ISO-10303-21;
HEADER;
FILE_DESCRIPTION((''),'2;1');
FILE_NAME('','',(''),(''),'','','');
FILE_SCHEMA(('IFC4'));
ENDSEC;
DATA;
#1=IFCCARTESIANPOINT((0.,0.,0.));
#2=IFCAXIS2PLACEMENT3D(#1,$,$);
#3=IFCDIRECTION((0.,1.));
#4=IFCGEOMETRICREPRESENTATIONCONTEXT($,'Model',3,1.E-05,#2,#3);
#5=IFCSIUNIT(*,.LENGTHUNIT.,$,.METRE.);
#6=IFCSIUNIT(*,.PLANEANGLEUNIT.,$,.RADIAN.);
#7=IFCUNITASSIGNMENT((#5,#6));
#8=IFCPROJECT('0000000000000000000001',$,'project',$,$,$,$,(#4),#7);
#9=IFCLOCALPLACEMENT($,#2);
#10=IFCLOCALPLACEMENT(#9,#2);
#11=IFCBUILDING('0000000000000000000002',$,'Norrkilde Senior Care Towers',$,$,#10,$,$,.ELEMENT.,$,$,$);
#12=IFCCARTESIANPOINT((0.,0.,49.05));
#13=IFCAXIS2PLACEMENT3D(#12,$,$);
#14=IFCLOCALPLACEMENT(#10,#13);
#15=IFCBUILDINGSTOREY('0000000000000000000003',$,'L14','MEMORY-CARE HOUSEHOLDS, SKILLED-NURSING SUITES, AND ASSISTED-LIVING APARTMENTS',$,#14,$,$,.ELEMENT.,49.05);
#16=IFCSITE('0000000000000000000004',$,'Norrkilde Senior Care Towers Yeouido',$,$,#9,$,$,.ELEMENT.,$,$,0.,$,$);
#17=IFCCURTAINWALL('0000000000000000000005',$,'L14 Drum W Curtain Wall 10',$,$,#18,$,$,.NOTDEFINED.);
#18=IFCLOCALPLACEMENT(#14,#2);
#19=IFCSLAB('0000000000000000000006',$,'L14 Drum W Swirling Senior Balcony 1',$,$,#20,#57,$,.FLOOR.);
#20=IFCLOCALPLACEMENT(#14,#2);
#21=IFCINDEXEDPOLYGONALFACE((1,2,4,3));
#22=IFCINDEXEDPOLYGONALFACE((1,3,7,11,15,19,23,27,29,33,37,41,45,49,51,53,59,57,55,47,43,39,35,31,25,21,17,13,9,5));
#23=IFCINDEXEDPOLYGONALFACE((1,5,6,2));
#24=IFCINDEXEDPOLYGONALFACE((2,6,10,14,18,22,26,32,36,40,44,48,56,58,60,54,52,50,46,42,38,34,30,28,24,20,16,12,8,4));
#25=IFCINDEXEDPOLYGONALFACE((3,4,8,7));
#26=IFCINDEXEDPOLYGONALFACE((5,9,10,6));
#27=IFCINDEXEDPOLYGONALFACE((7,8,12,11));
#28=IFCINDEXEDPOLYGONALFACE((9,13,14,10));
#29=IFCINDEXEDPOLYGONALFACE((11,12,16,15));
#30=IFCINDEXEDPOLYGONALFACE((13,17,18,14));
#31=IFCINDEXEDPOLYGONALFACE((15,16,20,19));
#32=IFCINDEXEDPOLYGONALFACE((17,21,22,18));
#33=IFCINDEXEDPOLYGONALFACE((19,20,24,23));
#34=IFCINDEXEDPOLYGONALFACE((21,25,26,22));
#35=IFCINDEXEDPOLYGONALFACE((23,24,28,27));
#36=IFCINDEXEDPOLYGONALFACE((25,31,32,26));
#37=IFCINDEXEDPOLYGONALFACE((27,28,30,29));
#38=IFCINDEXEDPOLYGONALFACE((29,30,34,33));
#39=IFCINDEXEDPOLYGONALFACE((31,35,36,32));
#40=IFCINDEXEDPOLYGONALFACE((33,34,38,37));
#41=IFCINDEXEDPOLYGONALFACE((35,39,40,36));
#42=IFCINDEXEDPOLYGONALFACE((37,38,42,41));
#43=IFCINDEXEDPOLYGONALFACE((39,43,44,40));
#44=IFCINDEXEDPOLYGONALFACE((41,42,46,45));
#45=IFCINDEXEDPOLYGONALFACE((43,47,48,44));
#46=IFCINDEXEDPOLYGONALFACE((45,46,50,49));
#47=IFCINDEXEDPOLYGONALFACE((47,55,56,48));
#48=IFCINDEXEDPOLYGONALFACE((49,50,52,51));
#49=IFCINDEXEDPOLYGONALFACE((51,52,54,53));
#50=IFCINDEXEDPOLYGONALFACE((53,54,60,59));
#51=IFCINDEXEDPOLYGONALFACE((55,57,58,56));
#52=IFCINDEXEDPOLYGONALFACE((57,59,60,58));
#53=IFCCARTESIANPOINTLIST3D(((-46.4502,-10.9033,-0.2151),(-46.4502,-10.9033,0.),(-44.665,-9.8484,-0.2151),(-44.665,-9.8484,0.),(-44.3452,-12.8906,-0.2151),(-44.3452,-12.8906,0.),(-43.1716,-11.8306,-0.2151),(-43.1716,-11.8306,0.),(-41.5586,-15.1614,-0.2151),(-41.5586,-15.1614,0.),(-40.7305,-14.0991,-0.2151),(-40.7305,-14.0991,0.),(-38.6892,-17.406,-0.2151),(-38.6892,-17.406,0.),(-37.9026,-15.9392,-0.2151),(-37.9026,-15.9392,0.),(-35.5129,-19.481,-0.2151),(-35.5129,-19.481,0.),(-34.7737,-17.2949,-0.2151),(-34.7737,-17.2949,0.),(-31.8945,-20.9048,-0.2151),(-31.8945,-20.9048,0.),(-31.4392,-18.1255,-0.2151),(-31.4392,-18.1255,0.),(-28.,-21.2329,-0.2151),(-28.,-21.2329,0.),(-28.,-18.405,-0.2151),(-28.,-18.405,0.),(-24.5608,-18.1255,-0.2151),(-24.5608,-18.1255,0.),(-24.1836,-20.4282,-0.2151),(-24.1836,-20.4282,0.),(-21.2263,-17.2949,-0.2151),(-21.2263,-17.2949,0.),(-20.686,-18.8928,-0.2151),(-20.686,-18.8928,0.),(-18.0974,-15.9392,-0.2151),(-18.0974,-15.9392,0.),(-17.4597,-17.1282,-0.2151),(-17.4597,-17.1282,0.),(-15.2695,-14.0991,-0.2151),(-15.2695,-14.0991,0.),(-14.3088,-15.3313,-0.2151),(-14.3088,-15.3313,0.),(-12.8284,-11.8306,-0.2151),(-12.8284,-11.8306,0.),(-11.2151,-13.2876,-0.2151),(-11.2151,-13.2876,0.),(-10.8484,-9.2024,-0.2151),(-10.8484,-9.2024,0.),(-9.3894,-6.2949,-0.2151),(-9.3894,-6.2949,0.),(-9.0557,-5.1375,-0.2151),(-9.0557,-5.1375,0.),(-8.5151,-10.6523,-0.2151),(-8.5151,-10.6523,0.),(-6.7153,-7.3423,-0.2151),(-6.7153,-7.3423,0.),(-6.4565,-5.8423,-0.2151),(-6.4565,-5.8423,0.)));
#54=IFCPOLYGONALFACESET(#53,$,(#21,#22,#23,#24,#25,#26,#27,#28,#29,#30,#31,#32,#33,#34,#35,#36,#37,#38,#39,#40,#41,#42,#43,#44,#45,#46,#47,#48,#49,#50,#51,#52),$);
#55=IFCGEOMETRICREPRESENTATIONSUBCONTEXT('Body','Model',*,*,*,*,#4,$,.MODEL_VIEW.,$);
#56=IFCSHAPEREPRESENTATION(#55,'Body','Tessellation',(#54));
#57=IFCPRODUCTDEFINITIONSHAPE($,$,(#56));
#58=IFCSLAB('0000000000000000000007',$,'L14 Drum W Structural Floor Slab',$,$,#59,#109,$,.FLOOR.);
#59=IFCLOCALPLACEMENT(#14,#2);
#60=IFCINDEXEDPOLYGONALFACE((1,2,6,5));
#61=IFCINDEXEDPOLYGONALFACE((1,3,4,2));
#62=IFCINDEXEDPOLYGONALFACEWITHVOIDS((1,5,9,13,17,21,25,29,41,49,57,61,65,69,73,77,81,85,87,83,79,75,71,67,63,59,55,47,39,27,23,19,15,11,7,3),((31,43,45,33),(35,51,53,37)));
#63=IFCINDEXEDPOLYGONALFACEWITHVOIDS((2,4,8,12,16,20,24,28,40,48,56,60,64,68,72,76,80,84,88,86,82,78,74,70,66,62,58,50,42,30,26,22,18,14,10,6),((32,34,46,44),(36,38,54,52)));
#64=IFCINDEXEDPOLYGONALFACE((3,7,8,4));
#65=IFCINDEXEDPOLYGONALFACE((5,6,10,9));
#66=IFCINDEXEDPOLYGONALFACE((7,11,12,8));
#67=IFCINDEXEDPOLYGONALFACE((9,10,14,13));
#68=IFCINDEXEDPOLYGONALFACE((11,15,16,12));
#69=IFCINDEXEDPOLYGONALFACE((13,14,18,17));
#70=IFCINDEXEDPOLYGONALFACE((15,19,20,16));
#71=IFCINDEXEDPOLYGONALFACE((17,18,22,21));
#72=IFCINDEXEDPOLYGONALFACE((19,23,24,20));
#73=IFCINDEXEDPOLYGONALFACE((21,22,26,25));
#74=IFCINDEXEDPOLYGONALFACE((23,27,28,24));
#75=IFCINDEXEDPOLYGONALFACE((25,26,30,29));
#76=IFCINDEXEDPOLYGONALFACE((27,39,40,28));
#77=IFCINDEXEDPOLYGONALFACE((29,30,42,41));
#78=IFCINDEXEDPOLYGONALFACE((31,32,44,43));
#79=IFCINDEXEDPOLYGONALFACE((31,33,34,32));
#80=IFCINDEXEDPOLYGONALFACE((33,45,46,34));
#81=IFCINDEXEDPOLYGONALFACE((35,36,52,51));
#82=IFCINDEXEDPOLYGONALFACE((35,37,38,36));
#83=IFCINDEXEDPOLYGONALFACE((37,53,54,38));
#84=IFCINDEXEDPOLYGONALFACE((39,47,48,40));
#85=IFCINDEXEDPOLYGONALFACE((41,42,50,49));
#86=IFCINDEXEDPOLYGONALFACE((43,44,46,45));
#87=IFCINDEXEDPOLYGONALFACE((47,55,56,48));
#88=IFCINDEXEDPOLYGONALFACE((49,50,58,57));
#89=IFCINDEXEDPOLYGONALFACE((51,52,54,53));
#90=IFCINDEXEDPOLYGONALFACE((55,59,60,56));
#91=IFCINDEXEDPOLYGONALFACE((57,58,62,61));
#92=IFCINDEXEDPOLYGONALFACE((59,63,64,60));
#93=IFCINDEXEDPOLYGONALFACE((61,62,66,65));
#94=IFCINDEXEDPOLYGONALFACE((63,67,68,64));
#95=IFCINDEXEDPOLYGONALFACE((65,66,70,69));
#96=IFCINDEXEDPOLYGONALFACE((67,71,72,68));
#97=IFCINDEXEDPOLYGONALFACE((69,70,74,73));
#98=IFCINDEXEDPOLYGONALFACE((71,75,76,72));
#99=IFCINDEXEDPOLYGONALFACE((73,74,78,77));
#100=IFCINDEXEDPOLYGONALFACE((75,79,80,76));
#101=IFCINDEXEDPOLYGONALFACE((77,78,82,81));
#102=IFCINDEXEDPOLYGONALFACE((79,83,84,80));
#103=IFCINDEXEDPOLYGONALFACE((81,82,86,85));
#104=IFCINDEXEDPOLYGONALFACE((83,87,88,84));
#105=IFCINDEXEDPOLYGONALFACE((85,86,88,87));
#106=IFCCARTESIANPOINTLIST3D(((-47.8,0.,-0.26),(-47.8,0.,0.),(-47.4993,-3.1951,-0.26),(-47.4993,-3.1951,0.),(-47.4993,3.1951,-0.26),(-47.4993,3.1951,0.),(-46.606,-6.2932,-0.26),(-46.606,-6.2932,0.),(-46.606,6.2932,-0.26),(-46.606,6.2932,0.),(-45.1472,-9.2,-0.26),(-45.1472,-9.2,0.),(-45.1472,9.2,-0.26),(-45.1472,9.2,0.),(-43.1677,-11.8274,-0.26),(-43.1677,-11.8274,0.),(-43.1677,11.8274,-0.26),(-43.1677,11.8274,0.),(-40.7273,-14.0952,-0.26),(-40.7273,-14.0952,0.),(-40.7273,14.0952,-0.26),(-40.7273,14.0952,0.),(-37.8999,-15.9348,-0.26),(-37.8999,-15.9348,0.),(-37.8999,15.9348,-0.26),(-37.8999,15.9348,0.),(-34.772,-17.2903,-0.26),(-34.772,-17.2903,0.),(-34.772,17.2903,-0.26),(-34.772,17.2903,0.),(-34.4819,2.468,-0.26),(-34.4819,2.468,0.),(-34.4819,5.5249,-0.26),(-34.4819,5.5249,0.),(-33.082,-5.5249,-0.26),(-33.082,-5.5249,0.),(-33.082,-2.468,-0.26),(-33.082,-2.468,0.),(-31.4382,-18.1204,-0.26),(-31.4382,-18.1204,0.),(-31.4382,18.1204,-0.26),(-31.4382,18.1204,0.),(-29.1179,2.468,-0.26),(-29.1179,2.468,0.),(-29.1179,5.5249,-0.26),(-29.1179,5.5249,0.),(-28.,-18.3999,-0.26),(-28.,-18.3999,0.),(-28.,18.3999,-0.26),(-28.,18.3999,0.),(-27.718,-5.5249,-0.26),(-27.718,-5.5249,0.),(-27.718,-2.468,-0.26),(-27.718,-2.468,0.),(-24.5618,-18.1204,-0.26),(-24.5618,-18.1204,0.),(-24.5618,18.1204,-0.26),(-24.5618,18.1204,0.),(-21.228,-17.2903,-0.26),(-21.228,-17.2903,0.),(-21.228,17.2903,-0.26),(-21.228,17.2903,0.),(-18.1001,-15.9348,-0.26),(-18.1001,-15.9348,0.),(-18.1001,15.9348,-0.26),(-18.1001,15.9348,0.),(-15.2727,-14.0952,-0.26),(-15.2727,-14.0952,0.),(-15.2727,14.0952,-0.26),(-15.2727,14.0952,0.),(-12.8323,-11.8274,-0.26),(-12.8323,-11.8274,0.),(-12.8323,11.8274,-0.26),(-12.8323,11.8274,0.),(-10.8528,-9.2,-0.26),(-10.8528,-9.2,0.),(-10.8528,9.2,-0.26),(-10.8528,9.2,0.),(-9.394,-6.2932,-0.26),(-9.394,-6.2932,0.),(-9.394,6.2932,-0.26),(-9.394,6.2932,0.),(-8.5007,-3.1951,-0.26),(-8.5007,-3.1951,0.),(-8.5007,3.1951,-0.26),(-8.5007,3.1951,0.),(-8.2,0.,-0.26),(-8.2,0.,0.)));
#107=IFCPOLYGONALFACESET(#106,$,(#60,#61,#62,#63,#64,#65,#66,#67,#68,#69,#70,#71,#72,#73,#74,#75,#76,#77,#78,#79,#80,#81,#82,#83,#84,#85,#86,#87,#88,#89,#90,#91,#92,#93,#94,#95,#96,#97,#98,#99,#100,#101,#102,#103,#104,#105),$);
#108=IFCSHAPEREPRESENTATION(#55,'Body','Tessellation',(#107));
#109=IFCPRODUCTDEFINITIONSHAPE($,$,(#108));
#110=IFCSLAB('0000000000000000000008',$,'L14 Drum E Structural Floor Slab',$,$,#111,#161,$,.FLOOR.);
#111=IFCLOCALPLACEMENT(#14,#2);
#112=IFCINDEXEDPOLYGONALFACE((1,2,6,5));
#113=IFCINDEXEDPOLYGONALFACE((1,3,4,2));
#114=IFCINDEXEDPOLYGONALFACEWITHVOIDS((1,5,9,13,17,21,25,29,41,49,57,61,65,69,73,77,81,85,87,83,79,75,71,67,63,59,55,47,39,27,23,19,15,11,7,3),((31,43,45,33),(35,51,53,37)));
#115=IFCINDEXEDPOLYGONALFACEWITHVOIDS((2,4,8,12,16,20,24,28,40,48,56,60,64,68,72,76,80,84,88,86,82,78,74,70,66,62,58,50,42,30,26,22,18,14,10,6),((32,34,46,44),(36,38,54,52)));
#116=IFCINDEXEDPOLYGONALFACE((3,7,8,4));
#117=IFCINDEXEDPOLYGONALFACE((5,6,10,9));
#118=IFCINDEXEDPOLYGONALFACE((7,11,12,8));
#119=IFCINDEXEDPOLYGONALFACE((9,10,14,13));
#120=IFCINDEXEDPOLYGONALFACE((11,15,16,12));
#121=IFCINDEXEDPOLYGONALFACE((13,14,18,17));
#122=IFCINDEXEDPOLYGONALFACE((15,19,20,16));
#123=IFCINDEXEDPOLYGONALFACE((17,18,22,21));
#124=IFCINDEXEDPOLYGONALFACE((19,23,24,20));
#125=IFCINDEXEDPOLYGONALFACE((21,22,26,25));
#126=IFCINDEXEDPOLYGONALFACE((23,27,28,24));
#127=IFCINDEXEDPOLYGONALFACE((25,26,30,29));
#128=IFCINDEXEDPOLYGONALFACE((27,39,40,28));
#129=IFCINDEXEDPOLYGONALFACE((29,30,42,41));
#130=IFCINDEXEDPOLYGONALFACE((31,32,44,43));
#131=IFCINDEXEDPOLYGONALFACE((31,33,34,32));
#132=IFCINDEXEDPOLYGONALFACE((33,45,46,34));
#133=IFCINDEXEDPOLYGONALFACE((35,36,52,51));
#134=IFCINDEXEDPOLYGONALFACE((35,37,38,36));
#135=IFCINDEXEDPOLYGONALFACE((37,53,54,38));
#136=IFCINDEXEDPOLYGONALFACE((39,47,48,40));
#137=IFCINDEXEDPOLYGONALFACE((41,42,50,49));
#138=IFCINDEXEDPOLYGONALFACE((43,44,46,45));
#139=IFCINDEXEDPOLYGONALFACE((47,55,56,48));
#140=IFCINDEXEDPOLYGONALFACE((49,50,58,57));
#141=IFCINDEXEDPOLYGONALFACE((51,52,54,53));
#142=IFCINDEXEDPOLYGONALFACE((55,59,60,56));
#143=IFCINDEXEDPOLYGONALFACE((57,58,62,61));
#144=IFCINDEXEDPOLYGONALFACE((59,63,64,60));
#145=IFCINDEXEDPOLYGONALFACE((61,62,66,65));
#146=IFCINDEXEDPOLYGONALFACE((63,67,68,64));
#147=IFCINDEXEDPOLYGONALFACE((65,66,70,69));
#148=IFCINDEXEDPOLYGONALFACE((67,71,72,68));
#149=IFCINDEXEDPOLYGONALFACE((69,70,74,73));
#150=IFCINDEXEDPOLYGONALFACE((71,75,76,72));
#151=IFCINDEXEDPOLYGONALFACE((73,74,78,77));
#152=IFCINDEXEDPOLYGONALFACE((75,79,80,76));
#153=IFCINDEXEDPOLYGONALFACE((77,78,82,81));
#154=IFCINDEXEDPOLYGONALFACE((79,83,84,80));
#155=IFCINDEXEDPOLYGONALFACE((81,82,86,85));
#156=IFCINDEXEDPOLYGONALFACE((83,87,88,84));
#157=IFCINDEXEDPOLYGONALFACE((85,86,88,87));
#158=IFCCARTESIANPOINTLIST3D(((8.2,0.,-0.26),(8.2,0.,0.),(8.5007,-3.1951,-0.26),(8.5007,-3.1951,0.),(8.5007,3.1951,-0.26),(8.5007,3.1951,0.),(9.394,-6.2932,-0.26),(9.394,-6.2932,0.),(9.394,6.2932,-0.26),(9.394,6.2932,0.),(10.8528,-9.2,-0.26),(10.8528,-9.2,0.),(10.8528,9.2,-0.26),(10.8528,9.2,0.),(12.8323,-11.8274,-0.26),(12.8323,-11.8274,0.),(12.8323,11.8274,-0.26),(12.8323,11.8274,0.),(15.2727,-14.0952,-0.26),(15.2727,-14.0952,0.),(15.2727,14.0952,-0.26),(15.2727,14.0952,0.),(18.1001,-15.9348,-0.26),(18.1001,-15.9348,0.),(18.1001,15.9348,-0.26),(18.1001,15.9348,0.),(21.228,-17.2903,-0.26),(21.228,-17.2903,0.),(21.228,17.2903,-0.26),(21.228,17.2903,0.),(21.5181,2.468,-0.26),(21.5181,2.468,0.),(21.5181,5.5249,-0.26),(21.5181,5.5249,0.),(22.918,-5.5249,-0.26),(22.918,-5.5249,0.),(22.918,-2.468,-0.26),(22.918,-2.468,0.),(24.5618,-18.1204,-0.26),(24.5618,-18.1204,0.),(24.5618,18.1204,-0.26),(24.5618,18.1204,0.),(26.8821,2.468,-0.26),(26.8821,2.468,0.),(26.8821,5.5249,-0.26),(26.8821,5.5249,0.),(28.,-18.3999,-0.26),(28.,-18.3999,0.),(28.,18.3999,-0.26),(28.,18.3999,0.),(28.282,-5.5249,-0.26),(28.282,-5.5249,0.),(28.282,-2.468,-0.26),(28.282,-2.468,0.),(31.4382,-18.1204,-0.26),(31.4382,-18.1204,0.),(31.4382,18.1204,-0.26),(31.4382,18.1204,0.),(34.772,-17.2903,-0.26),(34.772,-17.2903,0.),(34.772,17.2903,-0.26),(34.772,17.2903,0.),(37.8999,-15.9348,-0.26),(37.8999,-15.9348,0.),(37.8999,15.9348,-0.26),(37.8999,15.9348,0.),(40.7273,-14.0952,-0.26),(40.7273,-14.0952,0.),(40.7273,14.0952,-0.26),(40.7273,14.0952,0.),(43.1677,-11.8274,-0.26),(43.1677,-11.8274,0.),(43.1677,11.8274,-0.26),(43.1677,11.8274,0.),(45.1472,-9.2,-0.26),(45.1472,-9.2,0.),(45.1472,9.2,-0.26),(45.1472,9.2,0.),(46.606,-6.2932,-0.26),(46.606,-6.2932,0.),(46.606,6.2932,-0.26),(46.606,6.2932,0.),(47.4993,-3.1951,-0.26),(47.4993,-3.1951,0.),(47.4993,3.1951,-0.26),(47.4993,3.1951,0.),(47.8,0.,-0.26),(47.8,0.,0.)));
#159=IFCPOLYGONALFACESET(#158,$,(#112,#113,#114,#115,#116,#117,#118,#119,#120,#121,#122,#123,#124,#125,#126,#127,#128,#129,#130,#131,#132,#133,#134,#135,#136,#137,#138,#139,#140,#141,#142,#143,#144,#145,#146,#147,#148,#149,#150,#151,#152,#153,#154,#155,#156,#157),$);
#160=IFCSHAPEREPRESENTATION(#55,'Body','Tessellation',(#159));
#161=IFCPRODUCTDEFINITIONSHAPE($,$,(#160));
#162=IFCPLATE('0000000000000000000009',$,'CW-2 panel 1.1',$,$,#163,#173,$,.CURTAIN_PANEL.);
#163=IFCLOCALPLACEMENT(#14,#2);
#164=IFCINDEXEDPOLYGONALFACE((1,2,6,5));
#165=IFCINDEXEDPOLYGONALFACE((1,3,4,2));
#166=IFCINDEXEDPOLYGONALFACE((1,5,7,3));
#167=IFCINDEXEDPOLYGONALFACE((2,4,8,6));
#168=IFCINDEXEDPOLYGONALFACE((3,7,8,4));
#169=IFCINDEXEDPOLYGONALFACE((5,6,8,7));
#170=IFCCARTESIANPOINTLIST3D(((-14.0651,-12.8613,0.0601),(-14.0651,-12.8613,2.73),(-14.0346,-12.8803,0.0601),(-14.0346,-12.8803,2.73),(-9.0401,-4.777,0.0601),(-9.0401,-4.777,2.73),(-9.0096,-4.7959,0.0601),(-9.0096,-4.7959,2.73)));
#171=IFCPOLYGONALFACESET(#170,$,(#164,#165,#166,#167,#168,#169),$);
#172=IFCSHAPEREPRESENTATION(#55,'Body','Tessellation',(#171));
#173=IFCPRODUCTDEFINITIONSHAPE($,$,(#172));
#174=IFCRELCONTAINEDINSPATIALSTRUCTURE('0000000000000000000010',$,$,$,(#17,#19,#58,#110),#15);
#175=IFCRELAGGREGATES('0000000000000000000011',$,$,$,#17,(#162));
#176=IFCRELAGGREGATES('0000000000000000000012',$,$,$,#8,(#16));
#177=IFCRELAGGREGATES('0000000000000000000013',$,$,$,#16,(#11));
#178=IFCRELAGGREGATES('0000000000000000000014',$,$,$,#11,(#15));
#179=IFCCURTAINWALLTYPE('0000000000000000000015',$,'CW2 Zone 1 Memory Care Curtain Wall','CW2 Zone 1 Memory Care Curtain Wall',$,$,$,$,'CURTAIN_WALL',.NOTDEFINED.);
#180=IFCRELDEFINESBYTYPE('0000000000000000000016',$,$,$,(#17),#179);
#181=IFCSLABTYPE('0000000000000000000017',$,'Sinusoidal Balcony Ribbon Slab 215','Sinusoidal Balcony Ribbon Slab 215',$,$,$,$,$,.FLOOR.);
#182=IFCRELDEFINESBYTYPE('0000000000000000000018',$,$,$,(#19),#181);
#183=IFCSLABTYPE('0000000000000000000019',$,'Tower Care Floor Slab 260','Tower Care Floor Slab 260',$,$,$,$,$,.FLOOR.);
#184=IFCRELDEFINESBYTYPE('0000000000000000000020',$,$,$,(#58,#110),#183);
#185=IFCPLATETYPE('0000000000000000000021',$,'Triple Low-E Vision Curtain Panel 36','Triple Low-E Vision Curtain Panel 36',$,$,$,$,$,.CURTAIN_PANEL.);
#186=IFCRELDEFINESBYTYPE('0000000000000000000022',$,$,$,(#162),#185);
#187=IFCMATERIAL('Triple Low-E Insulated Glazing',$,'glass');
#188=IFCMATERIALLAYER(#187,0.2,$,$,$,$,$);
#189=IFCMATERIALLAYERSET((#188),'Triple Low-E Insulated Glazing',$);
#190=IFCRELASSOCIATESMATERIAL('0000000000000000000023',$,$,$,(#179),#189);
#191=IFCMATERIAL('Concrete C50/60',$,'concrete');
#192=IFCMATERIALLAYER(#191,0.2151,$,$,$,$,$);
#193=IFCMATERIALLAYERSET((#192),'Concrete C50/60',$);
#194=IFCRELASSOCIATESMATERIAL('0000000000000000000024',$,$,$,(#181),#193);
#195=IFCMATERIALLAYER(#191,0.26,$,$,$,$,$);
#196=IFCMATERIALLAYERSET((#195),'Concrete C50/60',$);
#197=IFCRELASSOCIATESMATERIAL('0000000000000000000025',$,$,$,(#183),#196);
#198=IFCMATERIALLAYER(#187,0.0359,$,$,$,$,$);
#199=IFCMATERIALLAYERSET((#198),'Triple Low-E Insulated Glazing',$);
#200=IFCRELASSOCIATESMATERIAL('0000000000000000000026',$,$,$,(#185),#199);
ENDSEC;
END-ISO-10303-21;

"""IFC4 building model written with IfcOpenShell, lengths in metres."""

from ifc_helpers import new_model, si_unit, direction, frame, origin, origin_2d, place, context, subcontext, project, spatial, polyline, rectangle, outline, extrude, source, transform, mapped, material, layer, layer_set, type_object, element, aggregate, save


model = new_model("IFC4")

# Units and contexts
model_context = context("Model", 3, precision=1e-05, world=origin(), true_north=direction((0.0, 1.0)))
body_context = subcontext(model_context, "Body", "Model", "MODEL_VIEW")
ifc_project = project(units=[si_unit("LENGTHUNIT", "METRE"), si_unit("PLANEANGLEUNIT", "RADIAN")], contexts=[model_context])

# Site, building, storey
site_placement = place(None, origin())
site = spatial("IfcSite", under=ifc_project, at=site_placement, Name="Norrkilde Senior Care Towers Yeouido", CompositionType="ELEMENT", RefElevation=0.0)
building_placement = place(site_placement, origin())
building = spatial("IfcBuilding", under=site, at=building_placement, Name="Norrkilde Senior Care Towers", CompositionType="ELEMENT")
storey_placement = place(building_placement, frame((0.0, 0.0, 49.05)))
storey = spatial("IfcBuildingStorey", under=building, at=storey_placement, Name="L14", Description="MEMORY-CARE HOUSEHOLDS, SKILLED-NURSING SUITES, AND ASSISTED-LIVING APARTMENTS", CompositionType="ELEMENT", Elevation=49.05)

# Shared definitions
ifc_material_1 = material(Name="Triple Low-E Insulated Glazing", Category="glass")
ifc_layer_1 = layer(ifc_material_1, 0.2)
ifc_layer_set_1 = layer_set([ifc_layer_1], Name="Triple Low-E Insulated Glazing")
curtain_wall_type = type_object("IfcCurtainWallType", Name="CW2 Zone 1 Memory Care Curtain Wall", Description="CW2 Zone 1 Memory Care Curtain Wall", ElementType="CURTAIN_WALL", PredefinedType="NOTDEFINED", material=ifc_layer_set_1)

# Curtain wall
curtain_wall_1_placement = place(storey_placement, origin())
curtain_wall_1 = element("IfcCurtainWall", 1, at=curtain_wall_1_placement, inside=storey, type_object=curtain_wall_type, Name="L14 Drum W Curtain Wall 10", PredefinedType="NOTDEFINED")

# Slabs
ifc_material_2 = material(Name="Concrete C50/60", Category="concrete")
ifc_layer_2 = layer(ifc_material_2, 0.2151)
ifc_layer_set_2 = layer_set([ifc_layer_2], Name="Concrete C50/60")
slab_type_1 = type_object("IfcSlabType", Name="Sinusoidal Balcony Ribbon Slab 215", Description="Sinusoidal Balcony Ribbon Slab 215", PredefinedType="FLOOR", material=ifc_layer_set_2)
slab_1_placement = place(storey_placement, frame((0.0, 0.0, -0.2151)))
element("IfcSlab", 2, at=slab_1_placement, inside=storey, type_object=slab_type_1, Name="L14 Drum W Swirling Senior Balcony 1", PredefinedType="FLOOR", context=body_context, shape_type="SweptSolid", body=[
    extrude(outline(polyline([(-8.5151, -10.6523), (-11.2151, -13.2876), (-14.3088, -15.3313), (-17.4597, -17.1282), (-20.686, -18.8928), (-24.1836, -20.4282), (-28.0, -21.2329), (-31.8945, -20.9048), (-35.5129, -19.481), (-38.6892, -17.406), (-41.5586, -15.1614), (-44.3452, -12.8906), (-46.4502, -10.9033), (-44.665, -9.8484), (-43.1716, -11.8306), (-40.7305, -14.0991), (-37.9026, -15.9392), (-34.7737, -17.2949), (-31.4392, -18.1255), (-28.0, -18.405), (-24.5608, -18.1255), (-21.2263, -17.2949), (-18.0974, -15.9392), (-15.2695, -14.0991), (-12.8284, -11.8306), (-10.8484, -9.2024), (-9.3894, -6.2949), (-9.0557, -5.1375), (-6.4565, -5.8423), (-6.7153, -7.3423), (-8.5151, -10.6523)])), origin(), (0.0, 0.0, 1.0), 0.2151),
])
ifc_layer_3 = layer(ifc_material_2, 0.26)
ifc_layer_set_3 = layer_set([ifc_layer_3], Name="Concrete C50/60")
slab_type_2 = type_object("IfcSlabType", Name="Tower Care Floor Slab 260", Description="Tower Care Floor Slab 260", PredefinedType="FLOOR", material=ifc_layer_set_3)
slab_2_placement = place(storey_placement, frame((0.0, 0.0, -0.26)))
element("IfcSlab", 3, at=slab_2_placement, inside=storey, type_object=slab_type_2, Name="L14 Drum W Structural Floor Slab", PredefinedType="FLOOR", context=body_context, shape_type="SweptSolid", body=[
    extrude(outline(polyline([(-9.394, -6.2932), (-10.8528, -9.2), (-12.8323, -11.8274), (-15.2727, -14.0952), (-18.1001, -15.9348), (-21.228, -17.2903), (-24.5618, -18.1204), (-28.0, -18.3999), (-31.4382, -18.1204), (-34.772, -17.2903), (-37.8999, -15.9348), (-40.7273, -14.0952), (-43.1677, -11.8274), (-45.1472, -9.2), (-46.606, -6.2932), (-47.4993, -3.1951), (-47.8, 0.0), (-47.4993, 3.1951), (-46.606, 6.2932), (-45.1472, 9.2), (-43.1677, 11.8274), (-40.7273, 14.0952), (-37.8999, 15.9348), (-34.772, 17.2903), (-31.4382, 18.1204), (-28.0, 18.3999), (-24.5618, 18.1204), (-21.228, 17.2903), (-18.1001, 15.9348), (-15.2727, 14.0952), (-12.8323, 11.8274), (-10.8528, 9.2), (-9.394, 6.2932), (-8.5007, 3.1951), (-8.2, 0.0), (-8.5007, -3.1951), (-9.394, -6.2932)]), holes=[polyline([(-34.4819, 2.468), (-29.1179, 2.468), (-29.1179, 5.5249), (-34.4819, 5.5249), (-34.4819, 2.468)]), polyline([(-27.718, -5.5249), (-27.718, -2.468), (-33.082, -2.468), (-33.082, -5.5249), (-27.718, -5.5249)])]), origin(), (0.0, 0.0, 1.0), 0.26),
])
slab_3_placement = place(storey_placement, frame((0.0, 0.0, -0.26)))
element("IfcSlab", 4, at=slab_3_placement, inside=storey, type_object=slab_type_2, Name="L14 Drum E Structural Floor Slab", PredefinedType="FLOOR", context=body_context, shape_type="SweptSolid", body=[
    extrude(outline(polyline([(46.606, -6.2932), (45.1472, -9.2), (43.1677, -11.8274), (40.7273, -14.0952), (37.8999, -15.9348), (34.772, -17.2903), (31.4382, -18.1204), (28.0, -18.3999), (24.5618, -18.1204), (21.228, -17.2903), (18.1001, -15.9348), (15.2727, -14.0952), (12.8323, -11.8274), (10.8528, -9.2), (9.394, -6.2932), (8.5007, -3.1951), (8.2, 0.0), (8.5007, 3.1951), (9.394, 6.2932), (10.8528, 9.2), (12.8323, 11.8274), (15.2727, 14.0952), (18.1001, 15.9348), (21.228, 17.2903), (24.5618, 18.1204), (28.0, 18.3999), (31.4382, 18.1204), (34.772, 17.2903), (37.8999, 15.9348), (40.7273, 14.0952), (43.1677, 11.8274), (45.1472, 9.2), (46.606, 6.2932), (47.4993, 3.1951), (47.8, 0.0), (47.4993, -3.1951), (46.606, -6.2932)]), holes=[polyline([(21.5181, 2.468), (26.8821, 2.468), (26.8821, 5.5249), (21.5181, 5.5249), (21.5181, 2.468)]), polyline([(28.282, -5.5249), (28.282, -2.468), (22.918, -2.468), (22.918, -5.5249), (28.282, -5.5249)])]), origin(), (0.0, 0.0, 1.0), 0.26),
])

# Plate
ifc_layer_4 = layer(ifc_material_1, 0.0359)
ifc_layer_set_4 = layer_set([ifc_layer_4], Name="Triple Low-E Insulated Glazing")
plate_type = type_object("IfcPlateType", Name="Triple Low-E Vision Curtain Panel 36", Description="Triple Low-E Vision Curtain Panel 36", PredefinedType="CURTAIN_PANEL", material=ifc_layer_set_4)
shared_shape_1 = source(origin(), body_context, "Body", "SweptSolid", [
    extrude(rectangle(XDim=9.5188, YDim=0.0359, at=origin_2d()), origin(), (0.0, 0.0, 1.0), 2.6699),
])
plate_1_placement = place(storey_placement, frame((-11.5374, -8.8286, 0.0601), z_axis=(0.0, 0.0, 1.0), x_axis=(-0.527901, -0.849306, 0.0)))
plate_1 = element("IfcPlate", 5, at=plate_1_placement, type_object=plate_type, Name="CW-2 panel 1.1", PredefinedType="CURTAIN_PANEL", context=body_context, shape_type="MappedRepresentation", body=[
    mapped(shared_shape_1, transform((0.0, 0.0, 0.0), x_axis=(1.0, 0.0, 0.0), y_axis=(0.0, 1.0, 0.0), z_axis=(0.0, 0.0, 1.0), scale=1.0)),
])
aggregate(curtain_wall_1, [plate_1])

save(model, "model.ifc")
